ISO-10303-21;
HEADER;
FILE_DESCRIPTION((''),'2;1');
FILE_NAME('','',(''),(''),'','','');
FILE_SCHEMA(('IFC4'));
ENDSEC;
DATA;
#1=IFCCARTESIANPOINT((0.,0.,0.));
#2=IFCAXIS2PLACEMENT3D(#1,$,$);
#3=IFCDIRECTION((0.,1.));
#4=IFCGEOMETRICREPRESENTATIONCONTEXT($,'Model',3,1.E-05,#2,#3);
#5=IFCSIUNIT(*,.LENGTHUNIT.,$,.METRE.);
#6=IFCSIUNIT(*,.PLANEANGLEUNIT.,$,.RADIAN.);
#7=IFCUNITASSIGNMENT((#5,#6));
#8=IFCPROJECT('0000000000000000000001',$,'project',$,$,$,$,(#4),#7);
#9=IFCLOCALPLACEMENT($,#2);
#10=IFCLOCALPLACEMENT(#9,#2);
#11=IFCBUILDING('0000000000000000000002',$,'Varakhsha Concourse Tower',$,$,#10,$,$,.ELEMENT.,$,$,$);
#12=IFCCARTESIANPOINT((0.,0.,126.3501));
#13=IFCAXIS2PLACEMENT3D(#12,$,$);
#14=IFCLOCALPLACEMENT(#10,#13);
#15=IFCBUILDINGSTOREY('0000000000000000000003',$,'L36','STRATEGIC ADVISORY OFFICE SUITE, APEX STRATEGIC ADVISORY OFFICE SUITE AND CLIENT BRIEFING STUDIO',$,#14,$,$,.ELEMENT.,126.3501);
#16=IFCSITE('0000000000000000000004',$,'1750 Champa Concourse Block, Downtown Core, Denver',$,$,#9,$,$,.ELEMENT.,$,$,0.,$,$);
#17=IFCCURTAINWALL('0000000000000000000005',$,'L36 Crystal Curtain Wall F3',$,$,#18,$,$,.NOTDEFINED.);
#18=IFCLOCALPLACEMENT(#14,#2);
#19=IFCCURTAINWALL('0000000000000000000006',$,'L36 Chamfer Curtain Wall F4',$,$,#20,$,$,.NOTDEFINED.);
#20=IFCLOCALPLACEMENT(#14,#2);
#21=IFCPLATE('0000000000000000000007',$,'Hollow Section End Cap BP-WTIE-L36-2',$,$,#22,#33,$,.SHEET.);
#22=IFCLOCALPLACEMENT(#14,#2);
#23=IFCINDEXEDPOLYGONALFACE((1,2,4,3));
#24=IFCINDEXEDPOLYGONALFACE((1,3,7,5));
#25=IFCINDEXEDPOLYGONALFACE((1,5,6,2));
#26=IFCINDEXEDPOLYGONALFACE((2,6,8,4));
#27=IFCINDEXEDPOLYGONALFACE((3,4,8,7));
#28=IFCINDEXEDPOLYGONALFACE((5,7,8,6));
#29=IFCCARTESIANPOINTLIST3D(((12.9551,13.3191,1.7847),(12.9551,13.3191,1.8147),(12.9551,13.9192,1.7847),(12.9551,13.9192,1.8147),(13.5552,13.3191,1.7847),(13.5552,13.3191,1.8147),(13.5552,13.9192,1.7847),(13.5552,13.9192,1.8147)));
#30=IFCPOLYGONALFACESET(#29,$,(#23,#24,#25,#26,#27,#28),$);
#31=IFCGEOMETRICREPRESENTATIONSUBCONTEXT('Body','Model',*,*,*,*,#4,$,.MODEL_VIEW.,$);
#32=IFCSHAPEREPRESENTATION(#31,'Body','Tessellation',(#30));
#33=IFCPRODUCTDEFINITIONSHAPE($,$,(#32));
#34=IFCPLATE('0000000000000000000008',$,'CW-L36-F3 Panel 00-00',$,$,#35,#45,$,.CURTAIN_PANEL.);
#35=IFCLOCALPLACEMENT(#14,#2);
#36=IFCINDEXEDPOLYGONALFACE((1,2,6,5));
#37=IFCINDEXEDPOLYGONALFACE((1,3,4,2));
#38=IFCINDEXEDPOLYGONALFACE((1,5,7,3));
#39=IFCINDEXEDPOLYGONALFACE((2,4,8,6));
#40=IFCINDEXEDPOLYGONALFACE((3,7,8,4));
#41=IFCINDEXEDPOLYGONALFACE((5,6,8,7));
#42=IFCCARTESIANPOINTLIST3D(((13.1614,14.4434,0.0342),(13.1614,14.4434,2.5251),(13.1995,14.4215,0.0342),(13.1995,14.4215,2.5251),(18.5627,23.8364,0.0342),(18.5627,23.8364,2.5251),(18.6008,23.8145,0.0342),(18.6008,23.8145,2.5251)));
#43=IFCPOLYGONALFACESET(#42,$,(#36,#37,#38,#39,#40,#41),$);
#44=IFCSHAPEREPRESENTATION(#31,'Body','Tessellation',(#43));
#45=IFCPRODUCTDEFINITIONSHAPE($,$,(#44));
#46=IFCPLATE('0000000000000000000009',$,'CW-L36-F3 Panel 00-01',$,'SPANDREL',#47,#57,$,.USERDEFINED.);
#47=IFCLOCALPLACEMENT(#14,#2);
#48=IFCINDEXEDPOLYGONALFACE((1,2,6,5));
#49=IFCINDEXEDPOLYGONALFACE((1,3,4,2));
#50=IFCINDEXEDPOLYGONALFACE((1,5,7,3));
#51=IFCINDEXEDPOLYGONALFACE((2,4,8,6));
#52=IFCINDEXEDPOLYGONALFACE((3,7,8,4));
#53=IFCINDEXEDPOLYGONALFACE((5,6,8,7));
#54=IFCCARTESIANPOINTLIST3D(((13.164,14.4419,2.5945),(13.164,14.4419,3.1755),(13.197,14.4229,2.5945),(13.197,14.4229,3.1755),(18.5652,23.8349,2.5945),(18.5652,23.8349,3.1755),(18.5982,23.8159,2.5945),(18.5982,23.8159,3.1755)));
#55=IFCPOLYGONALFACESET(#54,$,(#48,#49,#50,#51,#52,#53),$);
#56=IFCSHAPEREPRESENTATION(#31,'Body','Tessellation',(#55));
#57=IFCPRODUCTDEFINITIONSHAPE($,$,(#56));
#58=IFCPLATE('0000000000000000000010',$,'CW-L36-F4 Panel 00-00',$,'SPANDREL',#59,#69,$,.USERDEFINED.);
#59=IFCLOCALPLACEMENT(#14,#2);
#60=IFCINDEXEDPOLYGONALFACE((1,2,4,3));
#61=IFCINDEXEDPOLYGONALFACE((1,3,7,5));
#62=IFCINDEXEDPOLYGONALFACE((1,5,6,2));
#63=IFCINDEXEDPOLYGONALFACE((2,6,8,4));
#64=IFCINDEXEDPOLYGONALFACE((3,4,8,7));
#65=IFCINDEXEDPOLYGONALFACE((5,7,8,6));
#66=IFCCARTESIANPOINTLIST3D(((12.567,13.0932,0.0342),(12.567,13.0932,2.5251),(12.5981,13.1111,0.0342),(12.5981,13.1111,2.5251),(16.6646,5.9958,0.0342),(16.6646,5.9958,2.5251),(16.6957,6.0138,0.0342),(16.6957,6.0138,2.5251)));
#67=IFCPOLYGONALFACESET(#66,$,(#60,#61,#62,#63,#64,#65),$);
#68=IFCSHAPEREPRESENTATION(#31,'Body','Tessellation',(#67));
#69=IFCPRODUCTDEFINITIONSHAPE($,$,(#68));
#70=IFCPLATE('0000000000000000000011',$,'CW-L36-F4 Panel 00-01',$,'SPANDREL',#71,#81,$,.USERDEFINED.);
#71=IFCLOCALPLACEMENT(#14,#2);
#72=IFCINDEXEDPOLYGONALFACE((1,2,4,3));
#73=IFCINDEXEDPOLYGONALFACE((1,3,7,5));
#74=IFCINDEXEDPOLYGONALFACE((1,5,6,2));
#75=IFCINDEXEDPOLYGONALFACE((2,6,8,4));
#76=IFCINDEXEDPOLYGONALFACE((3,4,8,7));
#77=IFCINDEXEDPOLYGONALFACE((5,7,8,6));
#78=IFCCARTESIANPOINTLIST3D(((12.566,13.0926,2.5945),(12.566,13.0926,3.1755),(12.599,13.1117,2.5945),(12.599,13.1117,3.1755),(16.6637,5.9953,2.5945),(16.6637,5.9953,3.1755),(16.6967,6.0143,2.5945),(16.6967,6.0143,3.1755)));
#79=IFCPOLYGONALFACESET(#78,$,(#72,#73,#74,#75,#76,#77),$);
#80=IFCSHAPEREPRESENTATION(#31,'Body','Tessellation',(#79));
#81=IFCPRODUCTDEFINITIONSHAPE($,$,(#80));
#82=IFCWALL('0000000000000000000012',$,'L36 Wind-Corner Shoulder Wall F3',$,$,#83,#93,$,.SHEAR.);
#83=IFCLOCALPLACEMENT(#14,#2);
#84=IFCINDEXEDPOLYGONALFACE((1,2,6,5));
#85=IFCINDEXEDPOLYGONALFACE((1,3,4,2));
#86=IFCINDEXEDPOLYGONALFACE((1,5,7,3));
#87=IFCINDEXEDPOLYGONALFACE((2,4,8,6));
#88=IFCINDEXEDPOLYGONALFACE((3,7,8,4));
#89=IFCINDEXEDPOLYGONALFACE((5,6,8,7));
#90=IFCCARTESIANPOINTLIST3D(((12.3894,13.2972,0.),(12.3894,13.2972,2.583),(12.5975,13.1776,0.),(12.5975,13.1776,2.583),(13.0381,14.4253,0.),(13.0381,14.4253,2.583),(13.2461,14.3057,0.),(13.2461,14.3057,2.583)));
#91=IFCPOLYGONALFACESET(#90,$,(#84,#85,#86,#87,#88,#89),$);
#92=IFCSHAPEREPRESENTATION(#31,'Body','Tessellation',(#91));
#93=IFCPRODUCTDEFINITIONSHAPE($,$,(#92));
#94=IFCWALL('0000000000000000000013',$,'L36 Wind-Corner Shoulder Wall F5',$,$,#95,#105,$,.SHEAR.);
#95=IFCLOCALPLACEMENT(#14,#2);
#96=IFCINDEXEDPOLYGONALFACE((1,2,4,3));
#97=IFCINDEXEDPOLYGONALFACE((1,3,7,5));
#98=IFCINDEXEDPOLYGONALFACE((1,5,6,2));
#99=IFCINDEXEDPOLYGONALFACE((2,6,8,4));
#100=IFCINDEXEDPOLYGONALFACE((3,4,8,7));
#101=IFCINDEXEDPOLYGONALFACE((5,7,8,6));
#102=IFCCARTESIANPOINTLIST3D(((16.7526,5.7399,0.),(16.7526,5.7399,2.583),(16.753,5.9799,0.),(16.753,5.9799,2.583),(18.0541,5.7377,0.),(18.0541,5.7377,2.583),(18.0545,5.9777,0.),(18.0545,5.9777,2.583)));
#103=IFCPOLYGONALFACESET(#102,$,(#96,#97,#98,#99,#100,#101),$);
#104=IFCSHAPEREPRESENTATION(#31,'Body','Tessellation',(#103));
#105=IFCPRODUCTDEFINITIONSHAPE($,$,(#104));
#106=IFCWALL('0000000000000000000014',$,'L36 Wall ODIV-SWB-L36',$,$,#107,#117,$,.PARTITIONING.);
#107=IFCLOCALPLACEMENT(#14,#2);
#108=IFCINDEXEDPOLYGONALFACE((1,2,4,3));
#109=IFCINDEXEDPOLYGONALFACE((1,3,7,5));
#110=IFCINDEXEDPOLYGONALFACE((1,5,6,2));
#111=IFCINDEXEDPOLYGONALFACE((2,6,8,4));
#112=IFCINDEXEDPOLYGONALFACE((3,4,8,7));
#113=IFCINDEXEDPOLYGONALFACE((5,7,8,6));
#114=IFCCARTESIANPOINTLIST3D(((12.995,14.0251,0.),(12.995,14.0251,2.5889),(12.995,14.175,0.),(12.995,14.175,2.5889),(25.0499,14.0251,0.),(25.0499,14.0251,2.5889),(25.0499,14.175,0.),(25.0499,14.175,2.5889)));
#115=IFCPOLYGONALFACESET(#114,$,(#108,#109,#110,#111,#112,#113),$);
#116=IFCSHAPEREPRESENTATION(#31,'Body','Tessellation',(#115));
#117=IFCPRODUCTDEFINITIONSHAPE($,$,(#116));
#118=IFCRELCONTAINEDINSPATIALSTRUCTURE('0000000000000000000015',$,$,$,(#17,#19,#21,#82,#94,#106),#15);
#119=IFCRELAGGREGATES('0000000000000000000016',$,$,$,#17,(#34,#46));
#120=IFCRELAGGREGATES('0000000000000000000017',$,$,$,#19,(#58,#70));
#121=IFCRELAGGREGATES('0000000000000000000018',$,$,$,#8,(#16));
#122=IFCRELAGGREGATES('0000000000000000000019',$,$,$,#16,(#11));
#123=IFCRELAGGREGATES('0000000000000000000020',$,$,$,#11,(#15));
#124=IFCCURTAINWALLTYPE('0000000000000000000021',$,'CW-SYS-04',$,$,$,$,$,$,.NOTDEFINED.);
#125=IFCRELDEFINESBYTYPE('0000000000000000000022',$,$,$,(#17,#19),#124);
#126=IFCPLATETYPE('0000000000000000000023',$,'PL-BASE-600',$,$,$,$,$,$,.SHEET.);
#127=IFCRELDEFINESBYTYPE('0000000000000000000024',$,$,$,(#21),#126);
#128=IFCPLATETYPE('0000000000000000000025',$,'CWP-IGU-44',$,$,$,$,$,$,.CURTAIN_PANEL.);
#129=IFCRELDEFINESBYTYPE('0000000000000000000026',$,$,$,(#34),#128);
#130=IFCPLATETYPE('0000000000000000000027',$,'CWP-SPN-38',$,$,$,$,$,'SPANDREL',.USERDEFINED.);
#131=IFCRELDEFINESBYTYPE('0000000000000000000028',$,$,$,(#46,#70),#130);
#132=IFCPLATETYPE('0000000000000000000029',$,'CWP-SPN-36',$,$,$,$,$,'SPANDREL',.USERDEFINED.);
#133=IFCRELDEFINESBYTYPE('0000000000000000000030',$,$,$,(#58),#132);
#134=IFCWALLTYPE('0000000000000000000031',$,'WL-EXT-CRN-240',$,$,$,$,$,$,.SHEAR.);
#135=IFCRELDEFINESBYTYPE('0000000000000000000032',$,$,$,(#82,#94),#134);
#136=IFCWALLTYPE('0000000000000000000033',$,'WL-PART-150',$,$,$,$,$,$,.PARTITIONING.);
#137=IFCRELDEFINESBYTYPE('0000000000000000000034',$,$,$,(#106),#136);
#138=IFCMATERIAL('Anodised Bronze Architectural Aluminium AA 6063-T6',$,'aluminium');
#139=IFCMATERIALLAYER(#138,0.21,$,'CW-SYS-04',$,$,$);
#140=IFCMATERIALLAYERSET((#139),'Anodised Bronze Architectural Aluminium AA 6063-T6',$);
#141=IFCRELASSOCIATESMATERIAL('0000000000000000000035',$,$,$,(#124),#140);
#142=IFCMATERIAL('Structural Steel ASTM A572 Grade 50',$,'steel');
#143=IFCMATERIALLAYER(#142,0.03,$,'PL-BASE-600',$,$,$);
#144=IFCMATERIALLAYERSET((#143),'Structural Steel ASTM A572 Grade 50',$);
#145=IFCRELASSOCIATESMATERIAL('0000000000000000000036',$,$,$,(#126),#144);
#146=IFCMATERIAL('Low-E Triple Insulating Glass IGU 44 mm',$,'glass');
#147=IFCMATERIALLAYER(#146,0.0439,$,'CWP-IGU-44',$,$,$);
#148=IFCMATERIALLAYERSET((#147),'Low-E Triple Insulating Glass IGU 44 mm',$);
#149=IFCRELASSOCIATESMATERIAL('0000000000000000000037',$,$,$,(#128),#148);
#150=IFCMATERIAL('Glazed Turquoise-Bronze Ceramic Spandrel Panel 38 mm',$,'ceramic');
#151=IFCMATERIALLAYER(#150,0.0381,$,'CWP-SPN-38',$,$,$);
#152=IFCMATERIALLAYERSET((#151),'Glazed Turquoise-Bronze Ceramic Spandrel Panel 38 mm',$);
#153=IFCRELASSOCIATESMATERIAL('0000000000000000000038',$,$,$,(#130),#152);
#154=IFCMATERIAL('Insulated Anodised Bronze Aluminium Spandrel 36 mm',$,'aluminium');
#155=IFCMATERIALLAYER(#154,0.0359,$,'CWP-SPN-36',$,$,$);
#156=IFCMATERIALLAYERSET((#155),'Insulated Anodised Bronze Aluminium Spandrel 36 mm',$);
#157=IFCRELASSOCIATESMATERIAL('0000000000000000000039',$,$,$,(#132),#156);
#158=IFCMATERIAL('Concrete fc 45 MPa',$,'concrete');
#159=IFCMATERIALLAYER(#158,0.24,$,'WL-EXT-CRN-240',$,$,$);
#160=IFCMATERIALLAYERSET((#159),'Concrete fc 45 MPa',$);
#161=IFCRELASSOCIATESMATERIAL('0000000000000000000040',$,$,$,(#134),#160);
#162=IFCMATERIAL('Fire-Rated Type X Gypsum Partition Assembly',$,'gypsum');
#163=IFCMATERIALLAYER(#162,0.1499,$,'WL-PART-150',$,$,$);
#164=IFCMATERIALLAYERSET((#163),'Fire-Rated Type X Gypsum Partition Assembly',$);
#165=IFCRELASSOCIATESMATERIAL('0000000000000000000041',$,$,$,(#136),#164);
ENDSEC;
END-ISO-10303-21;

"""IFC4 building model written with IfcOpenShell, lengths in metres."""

from ifc_helpers import new_model, si_unit, direction, frame, frame_2d, origin, origin_2d, place, context, subcontext, project, spatial, rectangle, extrude, source, transform, mapped, material, layer, layer_set, type_object, type_shapes, element, aggregate, save


model = new_model("IFC4")

# Units and contexts
model_context = context("Model", 3, precision=1e-05, world=origin(), true_north=direction((0.0, 1.0)))
body_context = subcontext(model_context, "Body", "Model", "MODEL_VIEW")
ifc_project = project(units=[si_unit("LENGTHUNIT", "METRE"), si_unit("PLANEANGLEUNIT", "RADIAN")], contexts=[model_context])

# Site, building, storey
site_placement = place(None, origin())
site = spatial("IfcSite", under=ifc_project, at=site_placement, Name="1750 Champa Concourse Block, Downtown Core, Denver", CompositionType="ELEMENT", RefElevation=0.0)
building_placement = place(site_placement, origin())
building = spatial("IfcBuilding", under=site, at=building_placement, Name="Varakhsha Concourse Tower", CompositionType="ELEMENT")
storey_placement = place(building_placement, frame((0.0, 0.0, 126.3501)))
storey = spatial("IfcBuildingStorey", under=building, at=storey_placement, Name="L36", Description="STRATEGIC ADVISORY OFFICE SUITE, APEX STRATEGIC ADVISORY OFFICE SUITE AND CLIENT BRIEFING STUDIO", CompositionType="ELEMENT", Elevation=126.3501)

# Shared definitions
ifc_material_1 = material(Name="Structural Steel ASTM A572 Grade 50", Category="steel")

# Curtain wall
ifc_material_2 = material(Name="Anodised Bronze Architectural Aluminium AA 6063-T6", Category="aluminium")
ifc_layer_1 = layer(ifc_material_2, 0.21, Name="CW-SYS-04")
ifc_layer_set_1 = layer_set([ifc_layer_1], Name="Anodised Bronze Architectural Aluminium AA 6063-T6")
curtain_wall_type = type_object("IfcCurtainWallType", Name="CW-SYS-04", PredefinedType="NOTDEFINED", material=ifc_layer_set_1)
curtain_wall_1_placement = place(storey_placement, origin())
curtain_wall_1 = element("IfcCurtainWall", 1, at=curtain_wall_1_placement, inside=storey, type_object=curtain_wall_type, Name="L36 Crystal Curtain Wall F3", PredefinedType="NOTDEFINED")

# Curtain wall
curtain_wall_2_placement = place(storey_placement, origin())
curtain_wall_2 = element("IfcCurtainWall", 2, at=curtain_wall_2_placement, inside=storey, type_object=curtain_wall_type, Name="L36 Chamfer Curtain Wall F4", PredefinedType="NOTDEFINED")

# Shared definitions
ifc_material_3 = material(Name="Concrete fc 45 MPa", Category="concrete")

# Plate
ifc_layer_2 = layer(ifc_material_1, 0.03, Name="PL-BASE-600")
ifc_layer_set_2 = layer_set([ifc_layer_2], Name="Structural Steel ASTM A572 Grade 50")
plate_type_1 = type_object("IfcPlateType", Name="PL-BASE-600", PredefinedType="SHEET", material=ifc_layer_set_2)
shared_shape_1 = source(origin(), body_context, "Body", "SweptSolid", [
    extrude(rectangle(XDim=0.6001, YDim=0.6001, at=origin_2d()), origin(), (0.0, 0.0, 1.0), 0.03),
])
type_shapes(plate_type_1, [shared_shape_1])
plate_1_placement = place(storey_placement, frame((13.2551, 13.6191, 1.7847), z_axis=(0.0, 0.0, 1.0), x_axis=(1.0, 0.0, 0.0)))
element("IfcPlate", 3, at=plate_1_placement, inside=storey, type_object=plate_type_1, Name="Hollow Section End Cap BP-WTIE-L36-2", PredefinedType="SHEET", context=body_context, shape_type="MappedRepresentation", body=[
    mapped(shared_shape_1, transform((0.0, 0.0, 0.0), scale=1.0)),
])

# Plates
ifc_material_4 = material(Name="Low-E Triple Insulating Glass IGU 44 mm", Category="glass")
ifc_layer_3 = layer(ifc_material_4, 0.0439, Name="CWP-IGU-44")
ifc_layer_set_3 = layer_set([ifc_layer_3], Name="Low-E Triple Insulating Glass IGU 44 mm")
plate_type_2 = type_object("IfcPlateType", Name="CWP-IGU-44", PredefinedType="CURTAIN_PANEL", material=ifc_layer_set_3)
shared_shape_2 = source(origin(), body_context, "Body", "SweptSolid", [
    extrude(rectangle(XDim=10.8352, YDim=0.0439, at=origin_2d()), origin(), (0.0, 0.0, 1.0), 2.491),
])
type_shapes(plate_type_2, [shared_shape_2])
plate_2_placement = place(storey_placement, frame((15.8811, 19.1289, 0.0342), z_axis=(0.0, 0.0, 1.0), x_axis=(0.498489, 0.866896, 0.0)))
plate_2 = element("IfcPlate", 4, at=plate_2_placement, type_object=plate_type_2, Name="CW-L36-F3 Panel 00-00", PredefinedType="CURTAIN_PANEL", context=body_context, shape_type="MappedRepresentation", body=[
    mapped(shared_shape_2, transform((0.0, 0.0, 0.0), scale=1.0)),
])
ifc_material_5 = material(Name="Glazed Turquoise-Bronze Ceramic Spandrel Panel 38 mm", Category="ceramic")
ifc_layer_4 = layer(ifc_material_5, 0.0381, Name="CWP-SPN-38")
ifc_layer_set_4 = layer_set([ifc_layer_4], Name="Glazed Turquoise-Bronze Ceramic Spandrel Panel 38 mm")
plate_type_3 = type_object("IfcPlateType", Name="CWP-SPN-38", ElementType="SPANDREL", PredefinedType="USERDEFINED", material=ifc_layer_set_4)
shared_shape_3 = source(origin(), body_context, "Body", "SweptSolid", [
    extrude(rectangle(XDim=10.8352, YDim=0.0381, at=origin_2d()), origin(), (0.0, 0.0, 1.0), 0.5811),
])
plate_3_placement = place(storey_placement, frame((15.8811, 19.1289, 2.5945), z_axis=(0.0, 0.0, 1.0), x_axis=(0.498489, 0.866896, 0.0)))
plate_3 = element("IfcPlate", 5, at=plate_3_placement, type_object=plate_type_3, Name="CW-L36-F3 Panel 00-01", ObjectType="SPANDREL", PredefinedType="USERDEFINED", context=body_context, shape_type="MappedRepresentation", body=[
    mapped(shared_shape_3, transform((0.0, 0.0, 0.0), scale=1.0)),
])
aggregate(curtain_wall_1, [plate_2, plate_3])
ifc_material_6 = material(Name="Insulated Anodised Bronze Aluminium Spandrel 36 mm", Category="aluminium")
ifc_layer_5 = layer(ifc_material_6, 0.0359, Name="CWP-SPN-36")
ifc_layer_set_5 = layer_set([ifc_layer_5], Name="Insulated Anodised Bronze Aluminium Spandrel 36 mm")
plate_type_4 = type_object("IfcPlateType", Name="CWP-SPN-36", ElementType="SPANDREL", PredefinedType="USERDEFINED", material=ifc_layer_set_5)
shared_shape_4 = source(origin(), body_context, "Body", "SweptSolid", [
    extrude(rectangle(XDim=8.1953, YDim=0.0359, at=origin_2d()), origin(), (0.0, 0.0, 1.0), 2.491),
])
type_shapes(plate_type_4, [shared_shape_4])
plate_4_placement = place(storey_placement, frame((14.6313, 9.5535, 0.0342), z_axis=(0.0, 0.0, 1.0), x_axis=(-0.500002, 0.866025, 0.0)))
plate_4 = element("IfcPlate", 6, at=plate_4_placement, type_object=plate_type_4, Name="CW-L36-F4 Panel 00-00", ObjectType="SPANDREL", PredefinedType="USERDEFINED", context=body_context, shape_type="MappedRepresentation", body=[
    mapped(shared_shape_4, transform((0.0, 0.0, 0.0), scale=1.0)),
])
shared_shape_5 = source(origin(), body_context, "Body", "SweptSolid", [
    extrude(rectangle(XDim=8.1953, YDim=0.0381, at=origin_2d()), origin(), (0.0, 0.0, 1.0), 0.5811),
])
type_shapes(plate_type_3, [shared_shape_3, shared_shape_5])
plate_5_placement = place(storey_placement, frame((14.6313, 9.5535, 2.5945), z_axis=(0.0, 0.0, 1.0), x_axis=(-0.500002, 0.866025, 0.0)))
plate_5 = element("IfcPlate", 7, at=plate_5_placement, type_object=plate_type_3, Name="CW-L36-F4 Panel 00-01", ObjectType="SPANDREL", PredefinedType="USERDEFINED", context=body_context, shape_type="MappedRepresentation", body=[
    mapped(shared_shape_5, transform((0.0, 0.0, 0.0), scale=1.0)),
])
aggregate(curtain_wall_2, [plate_4, plate_5])

# Walls
ifc_layer_6 = layer(ifc_material_3, 0.24, Name="WL-EXT-CRN-240")
ifc_layer_set_6 = layer_set([ifc_layer_6], Name="Concrete fc 45 MPa")
wall_type_1 = type_object("IfcWallType", Name="WL-EXT-CRN-240", PredefinedType="SHEAR", material=ifc_layer_set_6)
wall_1_placement = place(storey_placement, frame((13.1421, 14.3655, 0.0), z_axis=(0.0, 0.0, 1.0), x_axis=(-0.498461, -0.866912, 0.0)))
element("IfcWall", 8, at=wall_1_placement, inside=storey, type_object=wall_type_1, Name="L36 Wind-Corner Shoulder Wall F3", PredefinedType="SHEAR", context=body_context, shape_type="SweptSolid", body=[
    extrude(rectangle(XDim=1.3013, YDim=0.24, at=frame_2d((0.6506, 0.0))), origin(), (0.0, 0.0, 1.0), 2.583),
])
wall_2_placement = place(storey_placement, frame((16.7527, 5.8599, 0.0), z_axis=(0.0, 0.0, 1.0), x_axis=(0.999999, -0.001688, 0.0)))
element("IfcWall", 9, at=wall_2_placement, inside=storey, type_object=wall_type_1, Name="L36 Wind-Corner Shoulder Wall F5", PredefinedType="SHEAR", context=body_context, shape_type="SweptSolid", body=[
    extrude(rectangle(XDim=1.3015, YDim=0.24, at=frame_2d((0.6509, 0.0))), origin(), (0.0, 0.0, 1.0), 2.583),
])
ifc_material_7 = material(Name="Fire-Rated Type X Gypsum Partition Assembly", Category="gypsum")
ifc_layer_7 = layer(ifc_material_7, 0.1499, Name="WL-PART-150")
ifc_layer_set_7 = layer_set([ifc_layer_7], Name="Fire-Rated Type X Gypsum Partition Assembly")
wall_type_2 = type_object("IfcWallType", Name="WL-PART-150", PredefinedType="PARTITIONING", material=ifc_layer_set_7)
wall_3_placement = place(storey_placement, frame((12.9951, 14.1001, 0.0), z_axis=(0.0, 0.0, 1.0), x_axis=(1.0, 0.0, 0.0)))
element("IfcWall", 10, at=wall_3_placement, inside=storey, type_object=wall_type_2, Name="L36 Wall ODIV-SWB-L36", PredefinedType="PARTITIONING", context=body_context, shape_type="SweptSolid", body=[
    extrude(rectangle(XDim=12.0549, YDim=0.1499, at=frame_2d((6.0273, 0.0))), origin(), (0.0, 0.0, 1.0), 2.5889),
])

save(model, "model.ifc")
